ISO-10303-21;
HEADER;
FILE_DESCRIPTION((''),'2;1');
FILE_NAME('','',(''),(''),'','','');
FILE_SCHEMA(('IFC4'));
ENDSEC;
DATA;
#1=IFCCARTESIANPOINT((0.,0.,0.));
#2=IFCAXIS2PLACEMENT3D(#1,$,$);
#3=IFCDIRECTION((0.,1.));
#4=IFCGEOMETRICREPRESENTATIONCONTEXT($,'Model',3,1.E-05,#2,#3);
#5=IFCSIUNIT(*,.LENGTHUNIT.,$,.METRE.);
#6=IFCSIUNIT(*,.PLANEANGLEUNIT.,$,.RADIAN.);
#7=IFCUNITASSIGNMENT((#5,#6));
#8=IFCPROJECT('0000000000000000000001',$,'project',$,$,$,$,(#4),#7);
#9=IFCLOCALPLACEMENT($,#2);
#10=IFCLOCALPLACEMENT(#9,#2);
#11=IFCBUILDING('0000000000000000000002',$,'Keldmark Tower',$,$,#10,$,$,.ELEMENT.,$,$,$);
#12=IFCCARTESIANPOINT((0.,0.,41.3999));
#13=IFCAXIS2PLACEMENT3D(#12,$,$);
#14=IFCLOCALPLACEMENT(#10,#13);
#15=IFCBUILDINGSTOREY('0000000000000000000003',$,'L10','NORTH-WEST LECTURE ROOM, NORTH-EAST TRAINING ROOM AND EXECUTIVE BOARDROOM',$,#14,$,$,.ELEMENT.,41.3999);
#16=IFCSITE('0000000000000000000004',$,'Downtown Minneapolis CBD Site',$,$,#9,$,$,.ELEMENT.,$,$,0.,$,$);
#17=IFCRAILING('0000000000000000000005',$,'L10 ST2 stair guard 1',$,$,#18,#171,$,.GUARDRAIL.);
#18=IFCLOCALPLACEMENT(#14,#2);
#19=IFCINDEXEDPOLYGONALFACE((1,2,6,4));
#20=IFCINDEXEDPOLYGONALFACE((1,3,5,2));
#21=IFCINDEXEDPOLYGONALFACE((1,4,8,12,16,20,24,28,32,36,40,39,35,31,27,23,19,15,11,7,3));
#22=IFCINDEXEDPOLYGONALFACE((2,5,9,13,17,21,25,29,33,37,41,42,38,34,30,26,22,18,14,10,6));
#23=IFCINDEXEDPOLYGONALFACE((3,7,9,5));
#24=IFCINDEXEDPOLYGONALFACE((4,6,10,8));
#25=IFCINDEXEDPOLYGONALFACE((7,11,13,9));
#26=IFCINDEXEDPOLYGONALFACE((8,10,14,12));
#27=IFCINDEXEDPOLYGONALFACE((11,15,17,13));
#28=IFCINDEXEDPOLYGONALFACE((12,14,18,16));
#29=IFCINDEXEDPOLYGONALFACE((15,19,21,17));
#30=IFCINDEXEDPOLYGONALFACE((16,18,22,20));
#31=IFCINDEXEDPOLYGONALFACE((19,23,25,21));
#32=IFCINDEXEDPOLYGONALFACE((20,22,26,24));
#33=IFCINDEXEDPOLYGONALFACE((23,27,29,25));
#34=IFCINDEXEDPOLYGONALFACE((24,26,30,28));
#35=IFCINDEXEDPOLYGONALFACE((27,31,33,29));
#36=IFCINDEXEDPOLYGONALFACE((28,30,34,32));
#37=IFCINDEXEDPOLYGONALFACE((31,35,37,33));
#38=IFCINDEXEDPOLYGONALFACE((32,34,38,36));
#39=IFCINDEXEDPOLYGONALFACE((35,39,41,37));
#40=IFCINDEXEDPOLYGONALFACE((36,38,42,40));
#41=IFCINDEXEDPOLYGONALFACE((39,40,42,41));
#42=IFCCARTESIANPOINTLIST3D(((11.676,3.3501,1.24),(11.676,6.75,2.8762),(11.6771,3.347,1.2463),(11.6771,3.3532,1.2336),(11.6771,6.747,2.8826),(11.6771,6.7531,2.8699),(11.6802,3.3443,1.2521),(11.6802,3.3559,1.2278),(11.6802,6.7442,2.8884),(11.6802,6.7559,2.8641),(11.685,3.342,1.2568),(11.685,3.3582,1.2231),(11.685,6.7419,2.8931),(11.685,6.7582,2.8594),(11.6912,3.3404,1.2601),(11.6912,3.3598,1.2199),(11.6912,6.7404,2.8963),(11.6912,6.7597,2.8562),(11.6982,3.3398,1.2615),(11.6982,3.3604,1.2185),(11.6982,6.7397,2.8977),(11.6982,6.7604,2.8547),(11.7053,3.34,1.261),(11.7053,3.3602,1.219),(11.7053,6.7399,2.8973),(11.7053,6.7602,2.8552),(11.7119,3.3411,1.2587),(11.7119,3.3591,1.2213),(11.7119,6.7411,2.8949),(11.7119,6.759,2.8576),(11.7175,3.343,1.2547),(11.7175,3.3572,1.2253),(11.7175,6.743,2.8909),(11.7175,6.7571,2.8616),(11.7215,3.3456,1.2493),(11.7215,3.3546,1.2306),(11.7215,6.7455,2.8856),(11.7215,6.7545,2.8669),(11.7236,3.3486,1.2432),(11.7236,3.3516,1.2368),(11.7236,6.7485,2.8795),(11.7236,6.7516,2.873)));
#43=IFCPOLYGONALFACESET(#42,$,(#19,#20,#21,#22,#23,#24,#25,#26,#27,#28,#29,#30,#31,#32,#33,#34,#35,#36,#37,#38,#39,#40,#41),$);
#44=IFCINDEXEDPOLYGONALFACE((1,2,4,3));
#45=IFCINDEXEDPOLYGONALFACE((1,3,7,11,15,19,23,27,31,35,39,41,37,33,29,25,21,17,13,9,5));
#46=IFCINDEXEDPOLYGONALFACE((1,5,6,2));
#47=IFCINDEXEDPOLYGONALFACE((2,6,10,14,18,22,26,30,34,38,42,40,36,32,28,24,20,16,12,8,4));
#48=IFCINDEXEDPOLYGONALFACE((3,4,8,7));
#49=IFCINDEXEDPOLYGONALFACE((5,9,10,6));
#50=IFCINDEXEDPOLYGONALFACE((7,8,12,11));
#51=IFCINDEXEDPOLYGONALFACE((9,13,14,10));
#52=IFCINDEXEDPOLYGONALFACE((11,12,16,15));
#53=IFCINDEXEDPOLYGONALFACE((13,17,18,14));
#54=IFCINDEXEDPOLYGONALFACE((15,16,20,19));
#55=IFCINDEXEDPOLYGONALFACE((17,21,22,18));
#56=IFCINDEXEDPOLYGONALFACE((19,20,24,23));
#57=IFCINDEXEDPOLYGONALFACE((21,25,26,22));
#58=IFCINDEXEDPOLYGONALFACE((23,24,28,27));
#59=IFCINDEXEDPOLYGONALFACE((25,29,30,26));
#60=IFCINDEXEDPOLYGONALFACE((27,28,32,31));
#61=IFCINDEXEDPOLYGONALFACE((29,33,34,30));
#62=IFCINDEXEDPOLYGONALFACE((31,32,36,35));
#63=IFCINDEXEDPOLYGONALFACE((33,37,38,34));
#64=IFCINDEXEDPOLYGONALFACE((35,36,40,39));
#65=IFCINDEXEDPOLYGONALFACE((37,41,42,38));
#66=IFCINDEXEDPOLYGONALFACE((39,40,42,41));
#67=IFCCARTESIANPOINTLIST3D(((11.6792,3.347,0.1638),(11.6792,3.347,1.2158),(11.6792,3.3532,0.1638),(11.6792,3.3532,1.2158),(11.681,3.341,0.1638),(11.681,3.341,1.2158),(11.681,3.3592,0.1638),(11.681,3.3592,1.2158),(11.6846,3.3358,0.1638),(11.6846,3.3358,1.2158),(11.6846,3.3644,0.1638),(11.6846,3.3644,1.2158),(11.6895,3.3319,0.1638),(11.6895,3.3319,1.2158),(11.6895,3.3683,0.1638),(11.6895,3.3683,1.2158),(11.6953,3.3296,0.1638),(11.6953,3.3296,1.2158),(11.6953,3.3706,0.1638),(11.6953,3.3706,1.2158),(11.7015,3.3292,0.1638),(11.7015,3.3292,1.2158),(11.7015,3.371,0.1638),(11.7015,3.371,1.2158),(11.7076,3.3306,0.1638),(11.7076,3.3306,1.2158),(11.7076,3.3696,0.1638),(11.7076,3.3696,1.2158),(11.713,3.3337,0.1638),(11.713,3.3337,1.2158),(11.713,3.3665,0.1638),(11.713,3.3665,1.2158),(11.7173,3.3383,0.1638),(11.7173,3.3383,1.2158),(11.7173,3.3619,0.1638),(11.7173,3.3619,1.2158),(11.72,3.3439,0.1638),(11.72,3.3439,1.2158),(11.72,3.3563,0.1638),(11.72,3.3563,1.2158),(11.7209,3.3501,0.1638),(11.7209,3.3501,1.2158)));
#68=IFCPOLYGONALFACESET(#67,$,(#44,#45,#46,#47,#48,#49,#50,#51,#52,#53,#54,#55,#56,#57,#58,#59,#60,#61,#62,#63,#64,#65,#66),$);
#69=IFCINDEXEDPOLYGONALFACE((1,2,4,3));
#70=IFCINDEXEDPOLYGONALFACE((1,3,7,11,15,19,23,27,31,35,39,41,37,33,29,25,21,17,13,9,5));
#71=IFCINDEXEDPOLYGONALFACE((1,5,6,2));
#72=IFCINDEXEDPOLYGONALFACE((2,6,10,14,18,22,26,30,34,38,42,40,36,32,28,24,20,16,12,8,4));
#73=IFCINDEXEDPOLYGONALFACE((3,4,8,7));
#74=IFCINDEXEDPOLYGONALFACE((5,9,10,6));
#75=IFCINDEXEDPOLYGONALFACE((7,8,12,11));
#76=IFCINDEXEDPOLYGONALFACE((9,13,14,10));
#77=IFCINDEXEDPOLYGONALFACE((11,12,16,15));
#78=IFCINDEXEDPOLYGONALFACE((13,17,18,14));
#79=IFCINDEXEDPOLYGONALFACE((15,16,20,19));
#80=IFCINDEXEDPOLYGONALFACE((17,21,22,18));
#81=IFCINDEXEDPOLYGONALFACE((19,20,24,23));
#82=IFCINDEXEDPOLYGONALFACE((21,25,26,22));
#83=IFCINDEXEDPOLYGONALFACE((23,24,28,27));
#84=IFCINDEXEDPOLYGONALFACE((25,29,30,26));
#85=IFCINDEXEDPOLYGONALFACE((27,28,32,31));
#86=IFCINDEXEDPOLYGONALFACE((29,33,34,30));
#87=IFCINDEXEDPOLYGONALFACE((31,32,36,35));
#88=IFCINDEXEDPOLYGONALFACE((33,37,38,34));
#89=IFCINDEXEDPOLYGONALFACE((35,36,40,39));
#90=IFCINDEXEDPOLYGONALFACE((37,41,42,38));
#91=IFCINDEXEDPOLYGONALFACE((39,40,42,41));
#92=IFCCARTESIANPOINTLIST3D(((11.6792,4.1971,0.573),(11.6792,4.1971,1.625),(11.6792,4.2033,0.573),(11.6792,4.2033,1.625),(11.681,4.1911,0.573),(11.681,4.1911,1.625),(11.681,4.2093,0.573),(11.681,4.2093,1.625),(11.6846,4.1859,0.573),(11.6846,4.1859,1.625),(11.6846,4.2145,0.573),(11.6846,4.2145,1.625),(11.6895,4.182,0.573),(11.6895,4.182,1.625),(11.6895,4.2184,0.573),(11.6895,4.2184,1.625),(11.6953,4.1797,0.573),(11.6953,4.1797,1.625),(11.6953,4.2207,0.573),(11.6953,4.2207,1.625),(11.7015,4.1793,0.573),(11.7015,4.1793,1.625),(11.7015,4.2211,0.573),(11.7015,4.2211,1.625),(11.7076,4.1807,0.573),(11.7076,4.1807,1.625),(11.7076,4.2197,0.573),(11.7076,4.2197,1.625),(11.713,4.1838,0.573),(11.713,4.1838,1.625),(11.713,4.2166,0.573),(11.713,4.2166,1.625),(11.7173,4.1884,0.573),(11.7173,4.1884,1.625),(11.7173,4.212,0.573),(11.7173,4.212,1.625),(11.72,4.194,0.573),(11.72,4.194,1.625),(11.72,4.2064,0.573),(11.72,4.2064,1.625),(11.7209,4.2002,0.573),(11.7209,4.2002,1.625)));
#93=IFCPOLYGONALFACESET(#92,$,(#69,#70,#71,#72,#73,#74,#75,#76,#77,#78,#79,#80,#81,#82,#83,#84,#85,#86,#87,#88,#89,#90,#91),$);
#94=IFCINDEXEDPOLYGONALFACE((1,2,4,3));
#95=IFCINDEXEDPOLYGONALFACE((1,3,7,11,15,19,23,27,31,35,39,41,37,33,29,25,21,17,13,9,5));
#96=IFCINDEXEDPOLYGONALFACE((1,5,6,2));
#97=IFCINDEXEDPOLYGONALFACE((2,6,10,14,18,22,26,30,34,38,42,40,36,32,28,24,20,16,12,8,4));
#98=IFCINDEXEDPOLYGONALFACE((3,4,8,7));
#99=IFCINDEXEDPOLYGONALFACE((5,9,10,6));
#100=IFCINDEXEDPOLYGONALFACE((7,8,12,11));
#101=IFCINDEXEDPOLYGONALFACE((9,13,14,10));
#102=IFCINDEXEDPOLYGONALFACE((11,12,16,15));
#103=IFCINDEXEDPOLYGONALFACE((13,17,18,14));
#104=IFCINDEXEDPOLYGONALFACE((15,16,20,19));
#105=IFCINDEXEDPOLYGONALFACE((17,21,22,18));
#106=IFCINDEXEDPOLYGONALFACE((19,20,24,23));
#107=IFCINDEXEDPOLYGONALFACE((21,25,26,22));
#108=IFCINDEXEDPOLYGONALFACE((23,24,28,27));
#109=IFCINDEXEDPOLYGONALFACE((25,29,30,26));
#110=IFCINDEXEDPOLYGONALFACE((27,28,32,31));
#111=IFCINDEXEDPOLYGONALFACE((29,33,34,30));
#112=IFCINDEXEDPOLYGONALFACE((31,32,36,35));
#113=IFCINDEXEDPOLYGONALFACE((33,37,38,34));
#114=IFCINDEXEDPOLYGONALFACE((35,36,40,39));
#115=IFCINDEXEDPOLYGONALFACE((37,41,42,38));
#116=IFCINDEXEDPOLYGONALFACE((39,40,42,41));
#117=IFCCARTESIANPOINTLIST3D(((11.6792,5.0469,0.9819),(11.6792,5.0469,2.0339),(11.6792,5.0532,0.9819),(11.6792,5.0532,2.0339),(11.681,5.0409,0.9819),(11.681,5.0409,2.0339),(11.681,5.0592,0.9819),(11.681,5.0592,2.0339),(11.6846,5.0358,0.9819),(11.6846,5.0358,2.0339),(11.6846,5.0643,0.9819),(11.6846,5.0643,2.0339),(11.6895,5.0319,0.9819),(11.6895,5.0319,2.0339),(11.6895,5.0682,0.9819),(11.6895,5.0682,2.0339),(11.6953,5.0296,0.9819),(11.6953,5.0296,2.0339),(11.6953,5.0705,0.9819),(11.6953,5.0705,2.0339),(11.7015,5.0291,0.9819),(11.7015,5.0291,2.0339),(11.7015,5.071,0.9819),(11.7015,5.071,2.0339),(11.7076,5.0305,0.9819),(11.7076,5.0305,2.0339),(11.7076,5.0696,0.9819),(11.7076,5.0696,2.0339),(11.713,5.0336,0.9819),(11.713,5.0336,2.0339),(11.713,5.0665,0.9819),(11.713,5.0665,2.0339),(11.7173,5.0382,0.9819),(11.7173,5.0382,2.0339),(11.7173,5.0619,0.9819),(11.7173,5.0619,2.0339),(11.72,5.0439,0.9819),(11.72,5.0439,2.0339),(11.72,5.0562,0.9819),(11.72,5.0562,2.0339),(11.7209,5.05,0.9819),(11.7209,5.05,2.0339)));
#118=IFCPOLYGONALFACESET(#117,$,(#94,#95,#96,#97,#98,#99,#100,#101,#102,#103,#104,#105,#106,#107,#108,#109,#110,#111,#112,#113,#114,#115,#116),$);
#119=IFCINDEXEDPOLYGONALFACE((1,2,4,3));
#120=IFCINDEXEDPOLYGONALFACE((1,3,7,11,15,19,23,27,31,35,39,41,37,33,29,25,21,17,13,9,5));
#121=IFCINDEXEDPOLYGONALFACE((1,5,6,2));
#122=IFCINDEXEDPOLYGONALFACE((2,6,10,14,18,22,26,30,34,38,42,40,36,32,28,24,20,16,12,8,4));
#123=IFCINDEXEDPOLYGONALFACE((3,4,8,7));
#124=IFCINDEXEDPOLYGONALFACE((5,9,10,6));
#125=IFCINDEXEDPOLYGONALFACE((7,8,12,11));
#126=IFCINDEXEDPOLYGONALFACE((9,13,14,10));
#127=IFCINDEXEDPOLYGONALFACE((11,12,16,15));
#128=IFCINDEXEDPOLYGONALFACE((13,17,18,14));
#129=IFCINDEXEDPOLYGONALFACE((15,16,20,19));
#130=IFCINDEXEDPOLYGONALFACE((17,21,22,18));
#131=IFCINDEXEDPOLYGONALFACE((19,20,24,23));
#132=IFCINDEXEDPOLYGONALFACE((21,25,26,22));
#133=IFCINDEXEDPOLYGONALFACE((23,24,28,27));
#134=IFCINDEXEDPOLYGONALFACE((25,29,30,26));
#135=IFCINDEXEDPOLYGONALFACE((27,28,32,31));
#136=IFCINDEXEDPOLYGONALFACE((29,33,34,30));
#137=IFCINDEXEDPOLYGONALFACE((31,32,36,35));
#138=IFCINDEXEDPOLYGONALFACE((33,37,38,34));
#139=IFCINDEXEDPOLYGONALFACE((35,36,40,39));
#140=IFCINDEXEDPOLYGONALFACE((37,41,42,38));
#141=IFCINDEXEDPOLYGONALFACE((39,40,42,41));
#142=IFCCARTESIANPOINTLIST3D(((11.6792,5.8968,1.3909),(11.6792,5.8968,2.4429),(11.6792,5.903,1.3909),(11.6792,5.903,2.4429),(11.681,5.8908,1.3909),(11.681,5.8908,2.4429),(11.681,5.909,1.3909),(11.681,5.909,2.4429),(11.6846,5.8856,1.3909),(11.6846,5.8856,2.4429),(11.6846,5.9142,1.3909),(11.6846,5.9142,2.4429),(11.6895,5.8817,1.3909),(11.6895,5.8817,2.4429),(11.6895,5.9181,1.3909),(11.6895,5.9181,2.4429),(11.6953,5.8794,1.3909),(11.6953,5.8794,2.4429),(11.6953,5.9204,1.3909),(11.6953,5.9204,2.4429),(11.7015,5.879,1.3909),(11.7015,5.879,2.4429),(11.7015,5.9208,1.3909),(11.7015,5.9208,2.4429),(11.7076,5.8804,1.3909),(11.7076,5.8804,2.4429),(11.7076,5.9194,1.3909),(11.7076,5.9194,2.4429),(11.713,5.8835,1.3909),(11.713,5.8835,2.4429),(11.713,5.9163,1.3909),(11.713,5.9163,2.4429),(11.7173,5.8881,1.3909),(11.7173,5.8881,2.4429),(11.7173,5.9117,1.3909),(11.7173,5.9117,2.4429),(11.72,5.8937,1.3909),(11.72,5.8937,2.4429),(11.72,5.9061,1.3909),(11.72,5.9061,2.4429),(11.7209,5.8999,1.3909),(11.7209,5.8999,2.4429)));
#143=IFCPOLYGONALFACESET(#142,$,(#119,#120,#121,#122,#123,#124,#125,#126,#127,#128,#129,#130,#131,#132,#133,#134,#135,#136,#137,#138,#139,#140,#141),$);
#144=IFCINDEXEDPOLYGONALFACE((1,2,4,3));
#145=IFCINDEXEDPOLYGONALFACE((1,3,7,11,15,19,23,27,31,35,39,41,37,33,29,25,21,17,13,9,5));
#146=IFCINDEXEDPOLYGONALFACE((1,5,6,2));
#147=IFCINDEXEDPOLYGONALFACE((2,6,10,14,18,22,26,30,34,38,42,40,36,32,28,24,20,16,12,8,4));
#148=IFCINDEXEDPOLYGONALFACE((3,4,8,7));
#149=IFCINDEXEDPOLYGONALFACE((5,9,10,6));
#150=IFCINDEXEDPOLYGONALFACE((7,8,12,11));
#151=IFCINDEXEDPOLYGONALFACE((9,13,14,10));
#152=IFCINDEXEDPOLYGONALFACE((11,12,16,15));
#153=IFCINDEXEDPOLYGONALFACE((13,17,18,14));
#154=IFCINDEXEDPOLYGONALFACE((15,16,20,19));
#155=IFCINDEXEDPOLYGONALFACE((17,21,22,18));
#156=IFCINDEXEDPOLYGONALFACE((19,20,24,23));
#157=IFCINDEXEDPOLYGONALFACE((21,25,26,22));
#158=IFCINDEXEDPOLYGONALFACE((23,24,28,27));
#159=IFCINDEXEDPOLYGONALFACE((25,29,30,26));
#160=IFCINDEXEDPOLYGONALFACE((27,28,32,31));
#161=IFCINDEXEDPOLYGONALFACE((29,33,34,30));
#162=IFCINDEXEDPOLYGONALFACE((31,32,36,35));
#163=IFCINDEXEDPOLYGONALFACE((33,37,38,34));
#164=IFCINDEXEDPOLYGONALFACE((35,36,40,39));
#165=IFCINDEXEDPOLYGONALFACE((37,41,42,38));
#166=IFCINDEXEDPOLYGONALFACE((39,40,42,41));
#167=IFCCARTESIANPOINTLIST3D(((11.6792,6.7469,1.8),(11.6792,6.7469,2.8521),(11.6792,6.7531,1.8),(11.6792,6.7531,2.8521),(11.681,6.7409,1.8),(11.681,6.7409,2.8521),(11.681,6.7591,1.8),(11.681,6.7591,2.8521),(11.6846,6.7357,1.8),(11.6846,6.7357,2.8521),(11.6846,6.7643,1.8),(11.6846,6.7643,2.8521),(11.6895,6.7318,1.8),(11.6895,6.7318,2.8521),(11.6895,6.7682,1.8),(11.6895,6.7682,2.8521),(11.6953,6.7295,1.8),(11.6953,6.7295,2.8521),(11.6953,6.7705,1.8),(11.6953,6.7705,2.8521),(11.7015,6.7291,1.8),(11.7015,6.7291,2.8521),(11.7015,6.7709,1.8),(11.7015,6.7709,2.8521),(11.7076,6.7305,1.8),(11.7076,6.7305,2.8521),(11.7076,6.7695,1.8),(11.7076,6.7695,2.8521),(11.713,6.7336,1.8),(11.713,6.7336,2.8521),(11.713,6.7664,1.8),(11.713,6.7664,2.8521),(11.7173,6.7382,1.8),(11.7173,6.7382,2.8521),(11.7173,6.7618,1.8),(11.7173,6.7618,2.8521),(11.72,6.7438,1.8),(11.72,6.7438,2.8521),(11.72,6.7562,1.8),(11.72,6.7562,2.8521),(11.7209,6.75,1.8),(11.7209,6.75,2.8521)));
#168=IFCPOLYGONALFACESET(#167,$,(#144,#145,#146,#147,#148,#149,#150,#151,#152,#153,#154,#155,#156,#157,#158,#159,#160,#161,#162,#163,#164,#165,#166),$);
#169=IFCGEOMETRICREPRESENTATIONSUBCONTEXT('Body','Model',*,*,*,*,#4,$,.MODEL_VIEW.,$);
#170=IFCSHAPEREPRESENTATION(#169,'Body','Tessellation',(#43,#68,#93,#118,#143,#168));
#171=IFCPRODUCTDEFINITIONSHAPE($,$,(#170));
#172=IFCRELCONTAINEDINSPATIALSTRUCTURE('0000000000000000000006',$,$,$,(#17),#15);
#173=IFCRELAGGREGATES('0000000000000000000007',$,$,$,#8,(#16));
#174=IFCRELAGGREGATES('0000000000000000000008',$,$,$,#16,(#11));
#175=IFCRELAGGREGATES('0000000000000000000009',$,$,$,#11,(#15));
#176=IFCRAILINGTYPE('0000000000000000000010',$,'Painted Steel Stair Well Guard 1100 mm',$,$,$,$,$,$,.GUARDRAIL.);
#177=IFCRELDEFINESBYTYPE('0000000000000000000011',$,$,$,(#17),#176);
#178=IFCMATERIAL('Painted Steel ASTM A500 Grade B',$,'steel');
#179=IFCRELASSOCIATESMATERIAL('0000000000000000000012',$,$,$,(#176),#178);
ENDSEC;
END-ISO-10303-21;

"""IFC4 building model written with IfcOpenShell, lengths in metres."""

from ifc_helpers import new_model, si_unit, direction, frame, origin, origin_2d, place, context, subcontext, project, spatial, circle, extrude, material, type_object, element, save


model = new_model("IFC4")

# Units and contexts
model_context = context("Model", 3, precision=1e-05, world=origin(), true_north=direction((0.0, 1.0)))
body_context = subcontext(model_context, "Body", "Model", "MODEL_VIEW")
ifc_project = project(units=[si_unit("LENGTHUNIT", "METRE"), si_unit("PLANEANGLEUNIT", "RADIAN")], contexts=[model_context])

# Site, building, storey
site_placement = place(None, origin())
site = spatial("IfcSite", under=ifc_project, at=site_placement, Name="Downtown Minneapolis CBD Site", CompositionType="ELEMENT", RefElevation=0.0)
building_placement = place(site_placement, origin())
building = spatial("IfcBuilding", under=site, at=building_placement, Name="Keldmark Tower", CompositionType="ELEMENT")
storey_placement = place(building_placement, frame((0.0, 0.0, 41.3999)))
storey = spatial("IfcBuildingStorey", under=building, at=storey_placement, Name="L10", Description="NORTH-WEST LECTURE ROOM, NORTH-EAST TRAINING ROOM AND EXECUTIVE BOARDROOM", CompositionType="ELEMENT", Elevation=41.3999)

# Railing
ifc_material_1 = material(Name="Painted Steel ASTM A500 Grade B", Category="steel")
railing_type_1 = type_object("IfcRailingType", Name="Painted Steel Stair Well Guard 1100 mm", PredefinedType="GUARDRAIL", material=ifc_material_1)
railing_1_placement = place(storey_placement, frame((11.7, 3.3501, 0.1638)))
element("IfcRailing", 1, at=railing_1_placement, inside=storey, type_object=railing_type_1, Name="L10 ST2 stair guard 1", PredefinedType="GUARDRAIL", context=body_context, shape_type="SweptSolid", body=[
    extrude(circle(Radius=0.0239, at=origin_2d()), frame((0.0, 0.0, 1.0762), z_axis=(0.0, 0.90108, 0.433652), x_axis=(-1.0, 0.0, 0.0)), (0.0, 0.0, 1.0), 3.7732),
    extrude(circle(Radius=0.021, at=origin_2d()), origin(), (0.0, 0.0, 1.0), 1.052),
    extrude(circle(Radius=0.021, at=origin_2d()), frame((0.0, 0.8501, 0.4092)), (0.0, 0.0, 1.0), 1.052),
    extrude(circle(Radius=0.021, at=origin_2d()), frame((0.0, 1.7, 0.8181)), (0.0, 0.0, 1.0), 1.052),
    extrude(circle(Radius=0.021, at=origin_2d()), frame((0.0, 2.5498, 1.2271)), (0.0, 0.0, 1.0), 1.052),
    extrude(circle(Radius=0.021, at=origin_2d()), frame((0.0, 3.3999, 1.6362)), (0.0, 0.0, 1.0), 1.052),
])

save(model, "model.ifc")
